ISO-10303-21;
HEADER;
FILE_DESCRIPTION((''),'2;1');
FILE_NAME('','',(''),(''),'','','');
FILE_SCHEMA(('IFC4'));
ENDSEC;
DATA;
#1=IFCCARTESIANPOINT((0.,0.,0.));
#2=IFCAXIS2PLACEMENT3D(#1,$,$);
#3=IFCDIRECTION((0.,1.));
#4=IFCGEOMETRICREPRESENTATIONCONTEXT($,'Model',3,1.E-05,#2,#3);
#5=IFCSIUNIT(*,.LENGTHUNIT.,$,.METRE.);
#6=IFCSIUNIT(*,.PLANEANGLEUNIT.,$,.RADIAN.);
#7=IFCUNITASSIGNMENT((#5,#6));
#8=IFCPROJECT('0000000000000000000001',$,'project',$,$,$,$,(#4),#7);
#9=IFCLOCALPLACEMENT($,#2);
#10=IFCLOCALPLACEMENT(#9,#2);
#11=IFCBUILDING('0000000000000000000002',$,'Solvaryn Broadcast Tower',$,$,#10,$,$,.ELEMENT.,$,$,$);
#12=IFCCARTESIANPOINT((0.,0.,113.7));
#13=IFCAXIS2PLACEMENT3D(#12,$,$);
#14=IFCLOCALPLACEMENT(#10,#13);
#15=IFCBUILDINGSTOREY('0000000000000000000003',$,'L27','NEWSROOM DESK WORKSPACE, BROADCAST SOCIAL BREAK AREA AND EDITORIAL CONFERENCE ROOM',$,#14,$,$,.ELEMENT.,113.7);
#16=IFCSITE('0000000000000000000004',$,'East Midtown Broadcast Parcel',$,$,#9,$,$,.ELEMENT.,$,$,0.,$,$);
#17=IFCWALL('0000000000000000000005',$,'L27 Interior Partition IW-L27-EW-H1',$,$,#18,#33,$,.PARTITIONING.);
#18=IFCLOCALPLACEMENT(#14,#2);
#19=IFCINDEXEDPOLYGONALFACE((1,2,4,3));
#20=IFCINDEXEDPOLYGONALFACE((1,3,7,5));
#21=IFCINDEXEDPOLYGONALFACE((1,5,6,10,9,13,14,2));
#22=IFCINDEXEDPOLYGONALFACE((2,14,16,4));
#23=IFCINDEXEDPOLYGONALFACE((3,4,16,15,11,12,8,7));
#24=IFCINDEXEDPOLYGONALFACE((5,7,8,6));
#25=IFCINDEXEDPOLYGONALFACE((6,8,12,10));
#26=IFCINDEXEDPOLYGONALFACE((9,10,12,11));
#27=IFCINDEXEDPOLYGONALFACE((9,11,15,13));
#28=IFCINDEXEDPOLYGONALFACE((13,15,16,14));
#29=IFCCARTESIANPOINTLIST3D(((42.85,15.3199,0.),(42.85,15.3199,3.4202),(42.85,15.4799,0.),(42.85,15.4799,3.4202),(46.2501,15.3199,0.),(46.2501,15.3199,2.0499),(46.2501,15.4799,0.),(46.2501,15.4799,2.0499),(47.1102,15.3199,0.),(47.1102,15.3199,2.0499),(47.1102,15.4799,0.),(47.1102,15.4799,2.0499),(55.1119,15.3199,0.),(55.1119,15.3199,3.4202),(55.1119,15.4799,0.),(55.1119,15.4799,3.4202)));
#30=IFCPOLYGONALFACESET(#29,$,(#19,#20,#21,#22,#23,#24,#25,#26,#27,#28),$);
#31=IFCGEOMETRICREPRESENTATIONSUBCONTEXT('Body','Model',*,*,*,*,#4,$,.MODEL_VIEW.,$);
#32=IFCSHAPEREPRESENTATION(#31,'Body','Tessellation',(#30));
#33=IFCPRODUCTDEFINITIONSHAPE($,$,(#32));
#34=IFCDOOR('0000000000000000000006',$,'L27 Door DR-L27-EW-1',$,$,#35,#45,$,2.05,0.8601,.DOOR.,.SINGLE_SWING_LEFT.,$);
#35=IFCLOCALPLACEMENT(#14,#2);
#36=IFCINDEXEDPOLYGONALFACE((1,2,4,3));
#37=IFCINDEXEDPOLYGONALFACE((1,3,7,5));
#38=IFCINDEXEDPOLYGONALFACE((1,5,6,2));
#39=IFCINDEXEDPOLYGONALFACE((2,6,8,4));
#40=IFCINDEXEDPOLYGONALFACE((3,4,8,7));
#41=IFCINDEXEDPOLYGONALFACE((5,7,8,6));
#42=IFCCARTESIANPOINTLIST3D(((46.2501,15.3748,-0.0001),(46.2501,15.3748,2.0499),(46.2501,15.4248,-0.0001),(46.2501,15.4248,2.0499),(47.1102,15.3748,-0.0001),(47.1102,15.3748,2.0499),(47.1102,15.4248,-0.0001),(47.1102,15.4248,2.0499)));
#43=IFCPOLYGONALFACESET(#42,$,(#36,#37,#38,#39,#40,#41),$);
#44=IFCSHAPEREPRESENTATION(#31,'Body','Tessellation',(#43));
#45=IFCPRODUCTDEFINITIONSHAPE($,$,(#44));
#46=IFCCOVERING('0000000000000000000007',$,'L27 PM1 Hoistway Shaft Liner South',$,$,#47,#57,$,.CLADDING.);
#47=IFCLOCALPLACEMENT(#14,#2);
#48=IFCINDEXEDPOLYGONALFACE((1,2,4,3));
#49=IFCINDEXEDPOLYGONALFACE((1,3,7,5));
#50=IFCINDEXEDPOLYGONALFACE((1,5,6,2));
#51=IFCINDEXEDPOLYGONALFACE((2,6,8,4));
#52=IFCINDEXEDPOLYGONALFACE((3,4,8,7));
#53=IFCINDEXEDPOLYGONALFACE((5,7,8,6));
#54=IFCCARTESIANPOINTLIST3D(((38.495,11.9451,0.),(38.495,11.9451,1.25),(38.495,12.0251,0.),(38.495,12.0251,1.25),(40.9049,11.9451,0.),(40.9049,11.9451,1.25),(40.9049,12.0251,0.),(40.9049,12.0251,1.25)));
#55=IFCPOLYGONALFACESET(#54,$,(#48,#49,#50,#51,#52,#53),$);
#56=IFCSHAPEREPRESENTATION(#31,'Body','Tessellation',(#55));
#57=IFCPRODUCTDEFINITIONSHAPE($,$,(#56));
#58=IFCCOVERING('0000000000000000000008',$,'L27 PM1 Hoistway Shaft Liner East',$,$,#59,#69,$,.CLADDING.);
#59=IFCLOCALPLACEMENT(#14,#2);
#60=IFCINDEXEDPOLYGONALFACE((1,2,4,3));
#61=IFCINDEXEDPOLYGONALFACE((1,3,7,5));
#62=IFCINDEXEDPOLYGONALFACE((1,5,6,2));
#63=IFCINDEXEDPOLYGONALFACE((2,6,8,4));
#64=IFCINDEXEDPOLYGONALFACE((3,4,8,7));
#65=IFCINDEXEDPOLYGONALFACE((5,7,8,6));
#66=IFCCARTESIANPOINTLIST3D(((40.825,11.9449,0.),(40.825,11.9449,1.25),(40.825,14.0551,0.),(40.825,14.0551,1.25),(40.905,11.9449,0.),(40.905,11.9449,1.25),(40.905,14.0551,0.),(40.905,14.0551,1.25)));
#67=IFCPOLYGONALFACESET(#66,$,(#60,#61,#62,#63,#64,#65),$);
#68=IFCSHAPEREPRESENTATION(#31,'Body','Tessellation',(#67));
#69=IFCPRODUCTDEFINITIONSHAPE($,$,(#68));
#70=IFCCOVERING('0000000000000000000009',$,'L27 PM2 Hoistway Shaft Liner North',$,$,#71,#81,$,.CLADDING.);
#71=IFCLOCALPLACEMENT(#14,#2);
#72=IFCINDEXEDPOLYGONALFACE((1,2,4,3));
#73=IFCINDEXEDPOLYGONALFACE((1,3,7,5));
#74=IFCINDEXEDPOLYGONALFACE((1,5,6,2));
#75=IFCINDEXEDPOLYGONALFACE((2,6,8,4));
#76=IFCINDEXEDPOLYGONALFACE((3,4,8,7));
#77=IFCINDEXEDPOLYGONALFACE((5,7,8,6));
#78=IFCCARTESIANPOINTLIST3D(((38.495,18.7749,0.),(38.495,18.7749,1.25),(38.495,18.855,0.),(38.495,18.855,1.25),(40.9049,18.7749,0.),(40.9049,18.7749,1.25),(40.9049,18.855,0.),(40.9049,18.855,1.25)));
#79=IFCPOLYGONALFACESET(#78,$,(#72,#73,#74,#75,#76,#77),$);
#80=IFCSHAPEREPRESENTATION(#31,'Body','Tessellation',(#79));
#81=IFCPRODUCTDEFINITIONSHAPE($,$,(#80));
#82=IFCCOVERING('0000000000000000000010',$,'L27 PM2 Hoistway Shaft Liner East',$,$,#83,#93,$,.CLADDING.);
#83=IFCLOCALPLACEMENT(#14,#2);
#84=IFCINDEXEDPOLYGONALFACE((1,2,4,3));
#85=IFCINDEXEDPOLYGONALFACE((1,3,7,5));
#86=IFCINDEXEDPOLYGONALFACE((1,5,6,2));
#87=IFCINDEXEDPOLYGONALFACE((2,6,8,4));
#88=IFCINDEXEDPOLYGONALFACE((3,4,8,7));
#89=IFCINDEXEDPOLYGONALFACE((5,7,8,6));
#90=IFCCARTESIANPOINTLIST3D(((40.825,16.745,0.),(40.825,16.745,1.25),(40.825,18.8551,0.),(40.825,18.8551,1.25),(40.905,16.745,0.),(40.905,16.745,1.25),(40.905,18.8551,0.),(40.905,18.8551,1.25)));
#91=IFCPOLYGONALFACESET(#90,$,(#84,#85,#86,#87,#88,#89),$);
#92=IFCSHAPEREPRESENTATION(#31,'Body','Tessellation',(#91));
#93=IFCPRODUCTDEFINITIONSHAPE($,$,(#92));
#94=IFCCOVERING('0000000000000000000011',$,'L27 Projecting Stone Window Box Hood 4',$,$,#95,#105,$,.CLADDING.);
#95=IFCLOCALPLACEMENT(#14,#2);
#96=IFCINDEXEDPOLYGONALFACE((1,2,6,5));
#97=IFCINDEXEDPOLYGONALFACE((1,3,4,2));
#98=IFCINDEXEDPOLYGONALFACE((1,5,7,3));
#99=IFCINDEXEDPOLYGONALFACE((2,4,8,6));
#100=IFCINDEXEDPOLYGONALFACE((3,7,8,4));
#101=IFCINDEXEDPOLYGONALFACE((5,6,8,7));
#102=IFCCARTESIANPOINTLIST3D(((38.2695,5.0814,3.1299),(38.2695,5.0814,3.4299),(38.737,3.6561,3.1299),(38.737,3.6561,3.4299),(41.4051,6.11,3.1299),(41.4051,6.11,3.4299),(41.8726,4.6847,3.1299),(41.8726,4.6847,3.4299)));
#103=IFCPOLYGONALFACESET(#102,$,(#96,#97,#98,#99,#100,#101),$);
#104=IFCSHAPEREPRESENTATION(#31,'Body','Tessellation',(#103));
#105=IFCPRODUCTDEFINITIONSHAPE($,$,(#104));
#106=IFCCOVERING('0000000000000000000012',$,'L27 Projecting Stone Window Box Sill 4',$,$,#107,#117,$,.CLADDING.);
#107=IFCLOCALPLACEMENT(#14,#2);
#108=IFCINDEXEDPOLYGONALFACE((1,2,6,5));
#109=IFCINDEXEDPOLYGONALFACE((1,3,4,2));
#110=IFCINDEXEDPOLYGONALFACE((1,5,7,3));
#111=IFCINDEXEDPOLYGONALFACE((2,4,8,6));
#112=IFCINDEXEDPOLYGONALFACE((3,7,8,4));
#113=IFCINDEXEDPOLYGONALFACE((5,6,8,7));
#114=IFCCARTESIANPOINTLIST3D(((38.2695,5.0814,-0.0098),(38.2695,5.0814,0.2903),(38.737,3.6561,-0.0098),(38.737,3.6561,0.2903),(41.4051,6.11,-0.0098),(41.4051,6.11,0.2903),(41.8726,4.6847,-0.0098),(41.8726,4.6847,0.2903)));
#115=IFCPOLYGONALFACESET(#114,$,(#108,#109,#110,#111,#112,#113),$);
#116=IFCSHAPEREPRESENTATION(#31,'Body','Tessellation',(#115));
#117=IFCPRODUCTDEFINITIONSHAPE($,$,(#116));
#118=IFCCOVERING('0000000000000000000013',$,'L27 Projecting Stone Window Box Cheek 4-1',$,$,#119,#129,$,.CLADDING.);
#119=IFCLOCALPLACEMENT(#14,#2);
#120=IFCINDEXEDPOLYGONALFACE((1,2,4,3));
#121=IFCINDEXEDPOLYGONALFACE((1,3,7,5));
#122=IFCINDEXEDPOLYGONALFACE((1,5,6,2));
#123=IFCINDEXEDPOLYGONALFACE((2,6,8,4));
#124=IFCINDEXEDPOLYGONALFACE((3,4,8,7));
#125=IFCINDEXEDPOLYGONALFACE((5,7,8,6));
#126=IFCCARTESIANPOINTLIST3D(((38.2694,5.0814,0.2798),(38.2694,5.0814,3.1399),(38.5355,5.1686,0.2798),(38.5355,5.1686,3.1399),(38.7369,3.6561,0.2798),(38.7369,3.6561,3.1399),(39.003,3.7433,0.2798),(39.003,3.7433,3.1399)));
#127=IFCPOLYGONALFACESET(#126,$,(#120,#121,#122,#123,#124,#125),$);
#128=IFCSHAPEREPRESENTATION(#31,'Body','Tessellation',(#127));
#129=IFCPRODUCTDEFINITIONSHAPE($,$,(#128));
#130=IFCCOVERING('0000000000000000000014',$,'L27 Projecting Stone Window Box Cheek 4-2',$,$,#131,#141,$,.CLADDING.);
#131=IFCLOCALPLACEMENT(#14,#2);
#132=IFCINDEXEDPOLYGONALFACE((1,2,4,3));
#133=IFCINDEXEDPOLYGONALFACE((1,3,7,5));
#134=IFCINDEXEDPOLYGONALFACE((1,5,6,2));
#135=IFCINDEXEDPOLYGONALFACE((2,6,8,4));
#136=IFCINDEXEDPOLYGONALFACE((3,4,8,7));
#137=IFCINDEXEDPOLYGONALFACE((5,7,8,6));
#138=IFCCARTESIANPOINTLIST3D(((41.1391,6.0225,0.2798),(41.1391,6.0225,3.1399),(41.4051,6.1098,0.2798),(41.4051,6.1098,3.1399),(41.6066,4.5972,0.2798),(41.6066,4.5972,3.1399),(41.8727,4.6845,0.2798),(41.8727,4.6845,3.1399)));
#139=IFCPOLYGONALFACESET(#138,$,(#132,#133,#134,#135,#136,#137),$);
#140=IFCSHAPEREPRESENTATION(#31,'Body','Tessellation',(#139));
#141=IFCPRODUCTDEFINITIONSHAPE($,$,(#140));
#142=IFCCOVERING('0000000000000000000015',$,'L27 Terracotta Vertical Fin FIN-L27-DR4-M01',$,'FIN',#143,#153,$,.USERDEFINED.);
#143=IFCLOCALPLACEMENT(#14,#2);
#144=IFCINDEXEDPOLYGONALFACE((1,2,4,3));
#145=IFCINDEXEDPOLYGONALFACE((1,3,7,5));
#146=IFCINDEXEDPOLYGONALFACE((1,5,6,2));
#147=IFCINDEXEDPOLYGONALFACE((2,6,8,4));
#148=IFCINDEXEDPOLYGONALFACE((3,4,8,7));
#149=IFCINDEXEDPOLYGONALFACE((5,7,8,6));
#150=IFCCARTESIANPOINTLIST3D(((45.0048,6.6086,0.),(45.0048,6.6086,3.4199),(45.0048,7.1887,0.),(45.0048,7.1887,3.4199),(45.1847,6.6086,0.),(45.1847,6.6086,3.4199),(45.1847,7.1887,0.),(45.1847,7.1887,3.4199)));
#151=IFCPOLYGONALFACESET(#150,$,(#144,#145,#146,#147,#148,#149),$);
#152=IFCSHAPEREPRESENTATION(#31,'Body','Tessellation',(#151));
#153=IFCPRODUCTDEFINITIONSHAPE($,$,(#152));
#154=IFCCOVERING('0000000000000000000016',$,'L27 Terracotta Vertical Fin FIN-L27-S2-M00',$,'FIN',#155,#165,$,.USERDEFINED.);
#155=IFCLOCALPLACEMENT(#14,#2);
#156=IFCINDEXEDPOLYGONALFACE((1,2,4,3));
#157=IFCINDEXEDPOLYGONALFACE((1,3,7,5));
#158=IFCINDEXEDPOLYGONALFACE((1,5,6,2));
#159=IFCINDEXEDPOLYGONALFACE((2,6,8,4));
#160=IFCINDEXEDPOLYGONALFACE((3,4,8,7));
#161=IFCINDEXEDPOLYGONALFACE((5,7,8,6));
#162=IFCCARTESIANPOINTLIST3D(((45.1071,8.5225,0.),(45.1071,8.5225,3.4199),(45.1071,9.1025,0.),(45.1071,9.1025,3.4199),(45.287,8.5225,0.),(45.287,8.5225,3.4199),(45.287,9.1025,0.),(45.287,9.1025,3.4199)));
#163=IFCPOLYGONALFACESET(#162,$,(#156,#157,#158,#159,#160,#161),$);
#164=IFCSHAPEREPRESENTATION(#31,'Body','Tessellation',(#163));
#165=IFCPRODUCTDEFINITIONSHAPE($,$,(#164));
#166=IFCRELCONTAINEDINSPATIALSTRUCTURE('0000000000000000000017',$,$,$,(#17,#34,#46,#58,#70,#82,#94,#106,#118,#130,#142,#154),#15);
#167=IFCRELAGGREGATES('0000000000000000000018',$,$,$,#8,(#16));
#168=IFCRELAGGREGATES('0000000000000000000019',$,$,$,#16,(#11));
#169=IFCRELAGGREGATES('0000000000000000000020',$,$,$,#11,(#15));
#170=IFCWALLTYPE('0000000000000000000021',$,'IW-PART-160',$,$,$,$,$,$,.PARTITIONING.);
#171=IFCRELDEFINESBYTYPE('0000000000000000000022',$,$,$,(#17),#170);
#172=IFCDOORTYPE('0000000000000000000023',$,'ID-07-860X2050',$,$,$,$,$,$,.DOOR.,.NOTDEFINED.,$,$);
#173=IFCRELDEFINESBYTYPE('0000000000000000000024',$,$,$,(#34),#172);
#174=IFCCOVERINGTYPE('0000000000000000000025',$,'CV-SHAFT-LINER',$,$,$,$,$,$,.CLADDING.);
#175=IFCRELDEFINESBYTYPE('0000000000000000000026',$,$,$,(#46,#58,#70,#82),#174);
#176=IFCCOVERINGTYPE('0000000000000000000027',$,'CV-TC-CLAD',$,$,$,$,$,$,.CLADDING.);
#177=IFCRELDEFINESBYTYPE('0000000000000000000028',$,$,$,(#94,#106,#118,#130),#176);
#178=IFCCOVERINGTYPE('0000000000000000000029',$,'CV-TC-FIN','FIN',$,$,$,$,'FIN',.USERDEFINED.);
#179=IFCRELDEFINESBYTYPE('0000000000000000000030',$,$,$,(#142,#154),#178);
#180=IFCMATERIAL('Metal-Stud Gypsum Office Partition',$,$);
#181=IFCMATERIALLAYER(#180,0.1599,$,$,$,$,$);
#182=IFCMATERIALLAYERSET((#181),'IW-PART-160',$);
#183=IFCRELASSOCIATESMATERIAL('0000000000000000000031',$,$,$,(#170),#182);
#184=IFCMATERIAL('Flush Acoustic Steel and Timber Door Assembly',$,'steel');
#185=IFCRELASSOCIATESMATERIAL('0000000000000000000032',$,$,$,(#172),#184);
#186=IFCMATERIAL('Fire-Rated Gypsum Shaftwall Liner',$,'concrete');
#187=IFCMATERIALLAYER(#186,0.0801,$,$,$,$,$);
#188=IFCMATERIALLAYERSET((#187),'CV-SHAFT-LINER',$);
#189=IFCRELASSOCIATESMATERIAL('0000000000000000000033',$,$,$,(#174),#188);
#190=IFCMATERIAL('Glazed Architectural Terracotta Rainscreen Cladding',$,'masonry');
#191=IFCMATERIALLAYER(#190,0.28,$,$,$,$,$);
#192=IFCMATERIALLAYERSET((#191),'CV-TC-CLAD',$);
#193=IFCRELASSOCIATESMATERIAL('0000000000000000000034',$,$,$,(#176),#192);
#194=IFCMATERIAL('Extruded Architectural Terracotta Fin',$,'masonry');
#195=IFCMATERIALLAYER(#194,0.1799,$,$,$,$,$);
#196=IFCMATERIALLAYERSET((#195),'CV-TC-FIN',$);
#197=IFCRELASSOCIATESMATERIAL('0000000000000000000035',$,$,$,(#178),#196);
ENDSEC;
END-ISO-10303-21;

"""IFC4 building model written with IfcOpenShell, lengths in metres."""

from ifc_helpers import new_model, si_unit, direction, frame, frame_2d, origin, origin_2d, place, context, subcontext, project, spatial, rectangle, extrude, material, layer, layer_set, type_object, element, fill, save


model = new_model("IFC4")

# Units and contexts
model_context = context("Model", 3, precision=1e-05, world=origin(), true_north=direction((0.0, 1.0)))
body_context = subcontext(model_context, "Body", "Model", "MODEL_VIEW")
ifc_project = project(units=[si_unit("LENGTHUNIT", "METRE"), si_unit("PLANEANGLEUNIT", "RADIAN")], contexts=[model_context])

# Site, building, storey
site_placement = place(None, origin())
site = spatial("IfcSite", under=ifc_project, at=site_placement, Name="East Midtown Broadcast Parcel", CompositionType="ELEMENT", RefElevation=0.0)
building_placement = place(site_placement, origin())
building = spatial("IfcBuilding", under=site, at=building_placement, Name="Solvaryn Broadcast Tower", CompositionType="ELEMENT")
storey_placement = place(building_placement, frame((0.0, 0.0, 113.7)))
storey = spatial("IfcBuildingStorey", under=building, at=storey_placement, Name="L27", Description="NEWSROOM DESK WORKSPACE, BROADCAST SOCIAL BREAK AREA AND EDITORIAL CONFERENCE ROOM", CompositionType="ELEMENT", Elevation=113.7)

# Shared definitions
ifc_material_1 = material(Name="Metal-Stud Gypsum Office Partition")
ifc_layer_1 = layer(ifc_material_1, 0.1599)
ifc_layer_set_1 = layer_set([ifc_layer_1], Name="IW-PART-160")
wall_type_1 = type_object("IfcWallType", Name="IW-PART-160", PredefinedType="PARTITIONING", material=ifc_layer_set_1)

# Wall, opening, door
wall_1_placement = place(storey_placement, frame((42.8501, 15.3999, 0.0), z_axis=(0.0, 0.0, 1.0), x_axis=(1.0, 0.0, 0.0)))
wall_1 = element("IfcWall", 1, at=wall_1_placement, inside=storey, type_object=wall_type_1, Name="L27 Interior Partition IW-L27-EW-H1", PredefinedType="PARTITIONING", context=body_context, shape_type="SweptSolid", body=[
    extrude(rectangle(XDim=12.262, YDim=0.1599, at=frame_2d((6.1309, 0.0))), origin(), (0.0, 0.0, 1.0), 3.4202),
])
opening_1_placement = place(wall_1_placement, frame((3.3999, 0.0, 0.0)))
opening_1 = element("IfcOpeningElement", 2, at=opening_1_placement, cuts=wall_1, PredefinedType="OPENING", context=body_context, shape_type="SweptSolid", body=[
    extrude(rectangle(XDim=0.8601, YDim=2.05, at=frame_2d((0.4302, 1.0249))), frame((0.0, 0.0901, 0.0), z_axis=(0.0, -1.0, 0.0), x_axis=(1.0, 0.0, 0.0)), (0.0, 0.0, 1.0), 0.1799),
])
ifc_material_2 = material(Name="Flush Acoustic Steel and Timber Door Assembly", Category="steel")
door_type_1 = type_object("IfcDoorType", Name="ID-07-860X2050", OperationType="NOTDEFINED", PredefinedType="DOOR", material=ifc_material_2)
door_1_placement = place(opening_1_placement, origin())
door_1 = element("IfcDoor", 3, at=door_1_placement, inside=storey, type_object=door_type_1, Name="L27 Door DR-L27-EW-1", OperationType="SINGLE_SWING_LEFT", OverallHeight=2.05, OverallWidth=0.8601, PredefinedType="DOOR", context=body_context, shape_type="SweptSolid", body=[
    extrude(rectangle(XDim=0.8601, YDim=2.05, at=frame_2d((0.4302, 1.0249))), frame((0.0, 0.0249, 0.0), z_axis=(0.0, -1.0, 0.0), x_axis=(1.0, 0.0, 0.0)), (0.0, 0.0, 1.0), 0.05),
])
fill(opening_1, door_1)

# Coverings
ifc_material_3 = material(Name="Fire-Rated Gypsum Shaftwall Liner", Category="concrete")
ifc_layer_2 = layer(ifc_material_3, 0.0801)
ifc_layer_set_2 = layer_set([ifc_layer_2], Name="CV-SHAFT-LINER")
covering_type_1 = type_object("IfcCoveringType", Name="CV-SHAFT-LINER", PredefinedType="CLADDING", material=ifc_layer_set_2)
covering_1_placement = place(storey_placement, frame((39.7, 11.9851, 0.0), z_axis=(0.0, 0.0, 1.0), x_axis=(1.0, 0.0, 0.0)))
element("IfcCovering", 4, at=covering_1_placement, inside=storey, type_object=covering_type_1, Name="L27 PM1 Hoistway Shaft Liner South", PredefinedType="CLADDING", context=body_context, shape_type="SweptSolid", body=[
    extrude(rectangle(XDim=2.4099, YDim=0.0801, at=origin_2d()), origin(), (0.0, 0.0, 1.0), 1.25),
])
covering_2_placement = place(storey_placement, frame((40.865, 13.0, 0.0), z_axis=(0.0, 0.0, 1.0), x_axis=(1.0, 0.0, 0.0)))
element("IfcCovering", 5, at=covering_2_placement, inside=storey, type_object=covering_type_1, Name="L27 PM1 Hoistway Shaft Liner East", PredefinedType="CLADDING", context=body_context, shape_type="SweptSolid", body=[
    extrude(rectangle(XDim=0.0801, YDim=2.1101, at=origin_2d()), origin(), (0.0, 0.0, 1.0), 1.25),
])
covering_3_placement = place(storey_placement, frame((39.7, 18.8149, 0.0), z_axis=(0.0, 0.0, 1.0), x_axis=(1.0, 0.0, 0.0)))
element("IfcCovering", 6, at=covering_3_placement, inside=storey, type_object=covering_type_1, Name="L27 PM2 Hoistway Shaft Liner North", PredefinedType="CLADDING", context=body_context, shape_type="SweptSolid", body=[
    extrude(rectangle(XDim=2.4099, YDim=0.0801, at=origin_2d()), origin(), (0.0, 0.0, 1.0), 1.25),
])
covering_4_placement = place(storey_placement, frame((40.865, 17.8, 0.0), z_axis=(0.0, 0.0, 1.0), x_axis=(1.0, 0.0, 0.0)))
element("IfcCovering", 7, at=covering_4_placement, inside=storey, type_object=covering_type_1, Name="L27 PM2 Hoistway Shaft Liner East", PredefinedType="CLADDING", context=body_context, shape_type="SweptSolid", body=[
    extrude(rectangle(XDim=0.0801, YDim=2.1101, at=origin_2d()), origin(), (0.0, 0.0, 1.0), 1.25),
])
ifc_material_4 = material(Name="Glazed Architectural Terracotta Rainscreen Cladding", Category="masonry")
ifc_layer_3 = layer(ifc_material_4, 0.28)
ifc_layer_set_3 = layer_set([ifc_layer_3], Name="CV-TC-CLAD")
covering_type_2 = type_object("IfcCoveringType", Name="CV-TC-CLAD", PredefinedType="CLADDING", material=ifc_layer_set_3)
for number, where, z_axis, x_axis, name in (
    (8, (40.071, 4.8831, 3.1299), (0.0, 0.0, 1.0), (0.95019, 0.311672, 0.0), "L27 Projecting Stone Window Box Hood 4"),
    (9, (40.071, 4.8831, -0.0098), (0.0, 0.0, 1.0), (0.95019, 0.311672, 0.0), "L27 Projecting Stone Window Box Sill 4"),
):
    element("IfcCovering", number, at=place(storey_placement, frame(where, z_axis=z_axis, x_axis=x_axis)), inside=storey, type_object=covering_type_2, Name=name, PredefinedType="CLADDING", context=body_context, shape_type="SweptSolid", body=[
        extrude(rectangle(XDim=3.3, YDim=1.5, at=origin_2d()), origin(), (0.0, 0.0, 1.0), 0.3),
    ])
for number, where, z_axis, x_axis, name in (
    (10, (38.6362, 4.4124, 0.2798), (0.0, 0.0, 1.0), (0.95019, 0.311672, 0.0), "L27 Projecting Stone Window Box Cheek 4-1"),
    (11, (41.5059, 5.3535, 0.2798), (0.0, 0.0, 1.0), (0.95019, 0.311672, 0.0), "L27 Projecting Stone Window Box Cheek 4-2"),
):
    element("IfcCovering", number, at=place(storey_placement, frame(where, z_axis=z_axis, x_axis=x_axis)), inside=storey, type_object=covering_type_2, Name=name, PredefinedType="CLADDING", context=body_context, shape_type="SweptSolid", body=[
        extrude(rectangle(XDim=0.28, YDim=1.5, at=origin_2d()), origin(), (0.0, 0.0, 1.0), 2.8601),
    ])
ifc_material_5 = material(Name="Extruded Architectural Terracotta Fin", Category="masonry")
ifc_layer_4 = layer(ifc_material_5, 0.1799)
ifc_layer_set_4 = layer_set([ifc_layer_4], Name="CV-TC-FIN")
covering_type_3 = type_object("IfcCoveringType", Name="CV-TC-FIN", Description="FIN", ElementType="FIN", PredefinedType="USERDEFINED", material=ifc_layer_set_4)
for number, where, z_axis, x_axis, name in (
    (12, (45.0947, 6.8987, 0.0), (0.0, 0.0, 1.0), (1.0, 0.0, 0.0), "L27 Terracotta Vertical Fin FIN-L27-DR4-M01"),
    (13, (45.197, 8.8125, 0.0), (0.0, 0.0, 1.0), (1.0, 0.0, 0.0), "L27 Terracotta Vertical Fin FIN-L27-S2-M00"),
):
    element("IfcCovering", number, at=place(storey_placement, frame(where, z_axis=z_axis, x_axis=x_axis)), inside=storey, type_object=covering_type_3, Name=name, ObjectType="FIN", PredefinedType="USERDEFINED", context=body_context, shape_type="SweptSolid", body=[
        extrude(rectangle(XDim=0.1799, YDim=0.5801, at=origin_2d()), origin(), (0.0, 0.0, 1.0), 3.4199),
    ])

save(model, "model.ifc")
